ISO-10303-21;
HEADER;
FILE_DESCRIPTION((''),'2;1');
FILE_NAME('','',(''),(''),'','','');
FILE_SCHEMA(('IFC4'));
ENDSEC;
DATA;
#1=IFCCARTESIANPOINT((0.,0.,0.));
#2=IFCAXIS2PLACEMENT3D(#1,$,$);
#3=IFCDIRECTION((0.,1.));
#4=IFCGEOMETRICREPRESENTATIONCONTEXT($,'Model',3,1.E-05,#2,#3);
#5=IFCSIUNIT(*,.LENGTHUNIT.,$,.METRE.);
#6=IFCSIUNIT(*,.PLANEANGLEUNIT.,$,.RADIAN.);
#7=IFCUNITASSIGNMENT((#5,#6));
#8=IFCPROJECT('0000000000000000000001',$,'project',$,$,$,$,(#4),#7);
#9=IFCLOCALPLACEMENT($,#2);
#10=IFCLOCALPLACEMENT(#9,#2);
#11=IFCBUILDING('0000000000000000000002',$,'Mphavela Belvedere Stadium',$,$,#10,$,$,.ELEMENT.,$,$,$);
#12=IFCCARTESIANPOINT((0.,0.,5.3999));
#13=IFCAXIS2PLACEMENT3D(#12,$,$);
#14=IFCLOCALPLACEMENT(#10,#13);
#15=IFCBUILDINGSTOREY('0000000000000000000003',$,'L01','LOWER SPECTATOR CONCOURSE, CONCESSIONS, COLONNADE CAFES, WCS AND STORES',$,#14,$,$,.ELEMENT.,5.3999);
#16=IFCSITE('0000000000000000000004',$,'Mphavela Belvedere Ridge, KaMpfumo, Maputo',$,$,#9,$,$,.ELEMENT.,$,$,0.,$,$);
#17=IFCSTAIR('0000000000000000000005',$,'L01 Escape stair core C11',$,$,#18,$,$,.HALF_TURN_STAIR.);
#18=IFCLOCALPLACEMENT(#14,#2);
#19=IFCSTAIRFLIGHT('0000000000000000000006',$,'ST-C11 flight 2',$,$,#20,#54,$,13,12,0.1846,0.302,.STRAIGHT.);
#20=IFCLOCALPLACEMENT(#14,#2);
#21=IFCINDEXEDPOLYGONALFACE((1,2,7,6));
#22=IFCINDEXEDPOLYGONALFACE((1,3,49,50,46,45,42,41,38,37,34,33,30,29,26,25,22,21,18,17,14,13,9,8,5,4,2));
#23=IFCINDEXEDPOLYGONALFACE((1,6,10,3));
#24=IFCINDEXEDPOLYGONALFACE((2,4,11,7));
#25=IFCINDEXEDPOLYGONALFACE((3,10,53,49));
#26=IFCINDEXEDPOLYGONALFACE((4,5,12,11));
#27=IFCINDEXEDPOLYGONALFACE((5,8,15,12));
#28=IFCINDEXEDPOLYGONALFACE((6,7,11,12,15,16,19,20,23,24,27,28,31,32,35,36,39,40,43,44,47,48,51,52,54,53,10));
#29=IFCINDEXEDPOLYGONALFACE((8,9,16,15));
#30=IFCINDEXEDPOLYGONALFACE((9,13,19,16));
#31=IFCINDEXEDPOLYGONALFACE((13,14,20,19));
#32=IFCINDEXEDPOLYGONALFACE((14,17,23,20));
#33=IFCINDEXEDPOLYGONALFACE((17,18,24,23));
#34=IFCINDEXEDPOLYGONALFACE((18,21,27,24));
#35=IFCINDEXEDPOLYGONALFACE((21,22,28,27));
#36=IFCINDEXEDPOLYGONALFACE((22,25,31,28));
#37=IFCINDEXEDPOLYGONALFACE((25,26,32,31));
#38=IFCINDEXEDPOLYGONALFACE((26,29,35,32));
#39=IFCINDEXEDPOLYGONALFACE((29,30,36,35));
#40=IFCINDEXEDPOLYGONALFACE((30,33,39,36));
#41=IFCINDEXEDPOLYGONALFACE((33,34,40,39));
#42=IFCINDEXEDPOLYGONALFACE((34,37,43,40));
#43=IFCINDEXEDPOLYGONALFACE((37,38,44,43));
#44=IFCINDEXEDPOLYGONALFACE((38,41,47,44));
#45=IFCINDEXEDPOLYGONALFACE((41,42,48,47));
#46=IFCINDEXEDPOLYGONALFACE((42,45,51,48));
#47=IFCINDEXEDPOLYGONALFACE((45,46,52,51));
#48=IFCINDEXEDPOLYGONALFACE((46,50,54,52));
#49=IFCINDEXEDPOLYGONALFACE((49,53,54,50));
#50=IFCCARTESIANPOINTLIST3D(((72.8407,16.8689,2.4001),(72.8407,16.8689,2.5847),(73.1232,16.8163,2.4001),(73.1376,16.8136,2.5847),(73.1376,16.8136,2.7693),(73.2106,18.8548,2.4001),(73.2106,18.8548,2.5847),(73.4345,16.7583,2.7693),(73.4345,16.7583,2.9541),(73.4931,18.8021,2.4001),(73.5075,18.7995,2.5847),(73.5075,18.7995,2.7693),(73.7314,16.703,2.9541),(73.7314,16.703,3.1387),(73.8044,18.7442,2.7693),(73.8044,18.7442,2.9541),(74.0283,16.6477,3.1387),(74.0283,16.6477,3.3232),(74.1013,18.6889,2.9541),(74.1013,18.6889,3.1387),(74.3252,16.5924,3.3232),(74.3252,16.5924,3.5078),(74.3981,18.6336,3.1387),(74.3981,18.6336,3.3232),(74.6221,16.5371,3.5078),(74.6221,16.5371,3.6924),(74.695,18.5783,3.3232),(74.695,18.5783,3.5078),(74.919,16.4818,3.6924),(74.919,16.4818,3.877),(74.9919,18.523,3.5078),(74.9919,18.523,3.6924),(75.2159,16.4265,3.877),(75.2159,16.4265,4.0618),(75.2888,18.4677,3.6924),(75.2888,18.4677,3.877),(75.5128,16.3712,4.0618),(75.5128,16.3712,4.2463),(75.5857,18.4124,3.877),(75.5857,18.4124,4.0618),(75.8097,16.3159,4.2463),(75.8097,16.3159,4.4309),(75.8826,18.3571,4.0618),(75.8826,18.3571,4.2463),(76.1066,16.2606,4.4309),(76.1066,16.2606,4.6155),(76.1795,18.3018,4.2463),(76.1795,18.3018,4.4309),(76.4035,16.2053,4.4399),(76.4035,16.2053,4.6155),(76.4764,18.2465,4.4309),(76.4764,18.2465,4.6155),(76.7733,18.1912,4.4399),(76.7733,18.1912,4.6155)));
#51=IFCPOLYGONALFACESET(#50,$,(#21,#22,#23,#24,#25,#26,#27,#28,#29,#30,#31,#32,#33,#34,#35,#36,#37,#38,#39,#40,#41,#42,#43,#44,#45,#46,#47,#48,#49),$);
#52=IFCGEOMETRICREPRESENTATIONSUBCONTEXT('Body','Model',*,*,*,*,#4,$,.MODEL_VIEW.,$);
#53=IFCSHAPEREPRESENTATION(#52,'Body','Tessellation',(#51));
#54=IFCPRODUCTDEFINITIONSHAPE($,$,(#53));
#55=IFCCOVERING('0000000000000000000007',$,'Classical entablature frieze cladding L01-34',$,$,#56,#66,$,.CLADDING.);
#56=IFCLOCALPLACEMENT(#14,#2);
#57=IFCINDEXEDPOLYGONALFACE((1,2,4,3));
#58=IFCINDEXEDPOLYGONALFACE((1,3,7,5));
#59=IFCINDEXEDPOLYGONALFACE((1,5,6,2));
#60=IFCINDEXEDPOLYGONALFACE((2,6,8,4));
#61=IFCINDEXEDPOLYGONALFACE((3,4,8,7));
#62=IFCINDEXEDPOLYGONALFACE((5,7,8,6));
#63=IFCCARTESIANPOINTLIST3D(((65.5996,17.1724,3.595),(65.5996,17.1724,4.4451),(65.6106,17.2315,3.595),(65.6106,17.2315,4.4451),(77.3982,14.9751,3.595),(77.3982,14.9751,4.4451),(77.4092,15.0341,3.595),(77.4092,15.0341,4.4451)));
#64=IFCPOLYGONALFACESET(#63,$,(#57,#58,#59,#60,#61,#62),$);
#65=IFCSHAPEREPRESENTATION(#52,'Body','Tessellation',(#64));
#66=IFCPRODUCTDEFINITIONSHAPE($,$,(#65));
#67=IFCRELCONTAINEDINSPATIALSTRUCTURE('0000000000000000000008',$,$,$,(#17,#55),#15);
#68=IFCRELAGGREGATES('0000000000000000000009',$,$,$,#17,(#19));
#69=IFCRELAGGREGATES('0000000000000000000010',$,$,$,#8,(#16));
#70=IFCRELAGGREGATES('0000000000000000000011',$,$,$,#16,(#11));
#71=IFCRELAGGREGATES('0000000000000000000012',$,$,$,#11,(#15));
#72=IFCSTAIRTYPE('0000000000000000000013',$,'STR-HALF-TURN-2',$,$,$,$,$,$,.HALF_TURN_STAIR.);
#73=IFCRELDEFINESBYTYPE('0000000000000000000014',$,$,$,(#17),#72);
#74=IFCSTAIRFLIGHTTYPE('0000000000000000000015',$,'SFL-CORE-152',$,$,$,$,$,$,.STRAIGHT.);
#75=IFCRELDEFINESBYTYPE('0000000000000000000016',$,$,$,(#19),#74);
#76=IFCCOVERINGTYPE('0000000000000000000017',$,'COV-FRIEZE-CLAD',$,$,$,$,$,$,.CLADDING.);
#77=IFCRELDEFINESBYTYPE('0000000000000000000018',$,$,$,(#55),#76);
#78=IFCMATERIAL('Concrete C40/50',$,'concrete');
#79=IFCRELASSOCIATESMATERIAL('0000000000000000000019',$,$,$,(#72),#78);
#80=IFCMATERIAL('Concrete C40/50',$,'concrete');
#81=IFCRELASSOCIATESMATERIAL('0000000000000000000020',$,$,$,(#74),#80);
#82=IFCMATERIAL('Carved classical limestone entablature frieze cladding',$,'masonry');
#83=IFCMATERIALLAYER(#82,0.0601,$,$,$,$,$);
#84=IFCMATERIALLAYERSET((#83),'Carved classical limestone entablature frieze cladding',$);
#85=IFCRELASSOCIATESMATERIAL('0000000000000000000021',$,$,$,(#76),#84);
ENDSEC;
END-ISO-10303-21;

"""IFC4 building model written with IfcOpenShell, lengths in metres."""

from ifc_helpers import new_model, si_unit, direction, frame, origin, origin_2d, place, context, subcontext, project, spatial, polyline, rectangle, outline, extrude, material, layer, layer_set, type_object, element, aggregate, save


model = new_model("IFC4")

# Units and contexts
model_context = context("Model", 3, precision=1e-05, world=origin(), true_north=direction((0.0, 1.0)))
body_context = subcontext(model_context, "Body", "Model", "MODEL_VIEW")
ifc_project = project(units=[si_unit("LENGTHUNIT", "METRE"), si_unit("PLANEANGLEUNIT", "RADIAN")], contexts=[model_context])

# Site, building, storey
site_placement = place(None, origin())
site = spatial("IfcSite", under=ifc_project, at=site_placement, Name="Mphavela Belvedere Ridge, KaMpfumo, Maputo", CompositionType="ELEMENT", RefElevation=0.0)
building_placement = place(site_placement, origin())
building = spatial("IfcBuilding", under=site, at=building_placement, Name="Mphavela Belvedere Stadium", CompositionType="ELEMENT")
storey_placement = place(building_placement, frame((0.0, 0.0, 5.3999)))
storey = spatial("IfcBuildingStorey", under=building, at=storey_placement, Name="L01", Description="LOWER SPECTATOR CONCOURSE, CONCESSIONS, COLONNADE CAFES, WCS AND STORES", CompositionType="ELEMENT", Elevation=5.3999)

# Stair, stair flight
ifc_material_1 = material(Name="Concrete C40/50", Category="concrete")
stair_type = type_object("IfcStairType", Name="STR-HALF-TURN-2", PredefinedType="HALF_TURN_STAIR", material=ifc_material_1)
stair_placement = place(storey_placement, origin())
stair = element("IfcStair", 1, at=stair_placement, inside=storey, type_object=stair_type, Name="L01 Escape stair core C11", PredefinedType="HALF_TURN_STAIR")
ifc_material_2 = material(Name="Concrete C40/50", Category="concrete")
stair_flight_type = type_object("IfcStairFlightType", Name="SFL-CORE-152", PredefinedType="STRAIGHT", material=ifc_material_2)
stair_flight_placement = place(storey_placement, frame((73.0256, 17.8618, 2.4001), z_axis=(0.0, 0.0, 1.0), x_axis=(0.983096, -0.183094, 0.0)))
stair_flight = element("IfcStairFlight", 2, at=stair_flight_placement, type_object=stair_flight_type, Name="ST-C11 flight 2", NumberOfRisers=13, NumberOfTreads=12, PredefinedType="STRAIGHT", RiserHeight=0.1846, TreadLength=0.302, context=body_context, shape_type="SweptSolid", body=[
    extrude(outline(polyline([(0.0, 0.0), (0.0, 0.1846), (0.302, 0.1846), (0.302, 0.3691), (0.604, 0.3691), (0.604, 0.554), (0.906, 0.554), (0.906, 0.7385), (1.208, 0.7385), (1.208, 0.9231), (1.51, 0.9231), (1.51, 1.1077), (1.812, 1.1077), (1.812, 1.2922), (2.114, 1.2922), (2.114, 1.4768), (2.416, 1.4768), (2.416, 1.6616), (2.718, 1.6616), (2.718, 1.8462), (3.02, 1.8462), (3.02, 2.0308), (3.322, 2.0308), (3.322, 2.2153), (3.624, 2.2153), (3.624, 2.3999), (3.624, 2.0398), (0.2874, 0.0), (0.0, 0.0)])), frame((0.0, 1.01, 0.0), z_axis=(0.0, -1.0, 0.0), x_axis=(1.0, 0.0, 0.0)), (0.0, 0.0, 1.0), 2.02),
])
aggregate(stair, [stair_flight])

# Covering
ifc_material_3 = material(Name="Carved classical limestone entablature frieze cladding", Category="masonry")
ifc_layer_1 = layer(ifc_material_3, 0.0601)
ifc_layer_set_1 = layer_set([ifc_layer_1], Name="Carved classical limestone entablature frieze cladding")
covering_type = type_object("IfcCoveringType", Name="COV-FRIEZE-CLAD", PredefinedType="CLADDING", material=ifc_layer_set_1)
covering_placement = place(storey_placement, frame((71.5044, 16.1033, 3.595), z_axis=(0.0, 0.0, 1.0), x_axis=(0.983096, -0.183094, 0.0)))
element("IfcCovering", 3, at=covering_placement, inside=storey, type_object=covering_type, Name="Classical entablature frieze cladding L01-34", PredefinedType="CLADDING", context=body_context, shape_type="SweptSolid", body=[
    extrude(rectangle(XDim=12.0015, YDim=0.0601, at=origin_2d()), origin(), (0.0, 0.0, 1.0), 0.8501),
])

save(model, "model.ifc")
